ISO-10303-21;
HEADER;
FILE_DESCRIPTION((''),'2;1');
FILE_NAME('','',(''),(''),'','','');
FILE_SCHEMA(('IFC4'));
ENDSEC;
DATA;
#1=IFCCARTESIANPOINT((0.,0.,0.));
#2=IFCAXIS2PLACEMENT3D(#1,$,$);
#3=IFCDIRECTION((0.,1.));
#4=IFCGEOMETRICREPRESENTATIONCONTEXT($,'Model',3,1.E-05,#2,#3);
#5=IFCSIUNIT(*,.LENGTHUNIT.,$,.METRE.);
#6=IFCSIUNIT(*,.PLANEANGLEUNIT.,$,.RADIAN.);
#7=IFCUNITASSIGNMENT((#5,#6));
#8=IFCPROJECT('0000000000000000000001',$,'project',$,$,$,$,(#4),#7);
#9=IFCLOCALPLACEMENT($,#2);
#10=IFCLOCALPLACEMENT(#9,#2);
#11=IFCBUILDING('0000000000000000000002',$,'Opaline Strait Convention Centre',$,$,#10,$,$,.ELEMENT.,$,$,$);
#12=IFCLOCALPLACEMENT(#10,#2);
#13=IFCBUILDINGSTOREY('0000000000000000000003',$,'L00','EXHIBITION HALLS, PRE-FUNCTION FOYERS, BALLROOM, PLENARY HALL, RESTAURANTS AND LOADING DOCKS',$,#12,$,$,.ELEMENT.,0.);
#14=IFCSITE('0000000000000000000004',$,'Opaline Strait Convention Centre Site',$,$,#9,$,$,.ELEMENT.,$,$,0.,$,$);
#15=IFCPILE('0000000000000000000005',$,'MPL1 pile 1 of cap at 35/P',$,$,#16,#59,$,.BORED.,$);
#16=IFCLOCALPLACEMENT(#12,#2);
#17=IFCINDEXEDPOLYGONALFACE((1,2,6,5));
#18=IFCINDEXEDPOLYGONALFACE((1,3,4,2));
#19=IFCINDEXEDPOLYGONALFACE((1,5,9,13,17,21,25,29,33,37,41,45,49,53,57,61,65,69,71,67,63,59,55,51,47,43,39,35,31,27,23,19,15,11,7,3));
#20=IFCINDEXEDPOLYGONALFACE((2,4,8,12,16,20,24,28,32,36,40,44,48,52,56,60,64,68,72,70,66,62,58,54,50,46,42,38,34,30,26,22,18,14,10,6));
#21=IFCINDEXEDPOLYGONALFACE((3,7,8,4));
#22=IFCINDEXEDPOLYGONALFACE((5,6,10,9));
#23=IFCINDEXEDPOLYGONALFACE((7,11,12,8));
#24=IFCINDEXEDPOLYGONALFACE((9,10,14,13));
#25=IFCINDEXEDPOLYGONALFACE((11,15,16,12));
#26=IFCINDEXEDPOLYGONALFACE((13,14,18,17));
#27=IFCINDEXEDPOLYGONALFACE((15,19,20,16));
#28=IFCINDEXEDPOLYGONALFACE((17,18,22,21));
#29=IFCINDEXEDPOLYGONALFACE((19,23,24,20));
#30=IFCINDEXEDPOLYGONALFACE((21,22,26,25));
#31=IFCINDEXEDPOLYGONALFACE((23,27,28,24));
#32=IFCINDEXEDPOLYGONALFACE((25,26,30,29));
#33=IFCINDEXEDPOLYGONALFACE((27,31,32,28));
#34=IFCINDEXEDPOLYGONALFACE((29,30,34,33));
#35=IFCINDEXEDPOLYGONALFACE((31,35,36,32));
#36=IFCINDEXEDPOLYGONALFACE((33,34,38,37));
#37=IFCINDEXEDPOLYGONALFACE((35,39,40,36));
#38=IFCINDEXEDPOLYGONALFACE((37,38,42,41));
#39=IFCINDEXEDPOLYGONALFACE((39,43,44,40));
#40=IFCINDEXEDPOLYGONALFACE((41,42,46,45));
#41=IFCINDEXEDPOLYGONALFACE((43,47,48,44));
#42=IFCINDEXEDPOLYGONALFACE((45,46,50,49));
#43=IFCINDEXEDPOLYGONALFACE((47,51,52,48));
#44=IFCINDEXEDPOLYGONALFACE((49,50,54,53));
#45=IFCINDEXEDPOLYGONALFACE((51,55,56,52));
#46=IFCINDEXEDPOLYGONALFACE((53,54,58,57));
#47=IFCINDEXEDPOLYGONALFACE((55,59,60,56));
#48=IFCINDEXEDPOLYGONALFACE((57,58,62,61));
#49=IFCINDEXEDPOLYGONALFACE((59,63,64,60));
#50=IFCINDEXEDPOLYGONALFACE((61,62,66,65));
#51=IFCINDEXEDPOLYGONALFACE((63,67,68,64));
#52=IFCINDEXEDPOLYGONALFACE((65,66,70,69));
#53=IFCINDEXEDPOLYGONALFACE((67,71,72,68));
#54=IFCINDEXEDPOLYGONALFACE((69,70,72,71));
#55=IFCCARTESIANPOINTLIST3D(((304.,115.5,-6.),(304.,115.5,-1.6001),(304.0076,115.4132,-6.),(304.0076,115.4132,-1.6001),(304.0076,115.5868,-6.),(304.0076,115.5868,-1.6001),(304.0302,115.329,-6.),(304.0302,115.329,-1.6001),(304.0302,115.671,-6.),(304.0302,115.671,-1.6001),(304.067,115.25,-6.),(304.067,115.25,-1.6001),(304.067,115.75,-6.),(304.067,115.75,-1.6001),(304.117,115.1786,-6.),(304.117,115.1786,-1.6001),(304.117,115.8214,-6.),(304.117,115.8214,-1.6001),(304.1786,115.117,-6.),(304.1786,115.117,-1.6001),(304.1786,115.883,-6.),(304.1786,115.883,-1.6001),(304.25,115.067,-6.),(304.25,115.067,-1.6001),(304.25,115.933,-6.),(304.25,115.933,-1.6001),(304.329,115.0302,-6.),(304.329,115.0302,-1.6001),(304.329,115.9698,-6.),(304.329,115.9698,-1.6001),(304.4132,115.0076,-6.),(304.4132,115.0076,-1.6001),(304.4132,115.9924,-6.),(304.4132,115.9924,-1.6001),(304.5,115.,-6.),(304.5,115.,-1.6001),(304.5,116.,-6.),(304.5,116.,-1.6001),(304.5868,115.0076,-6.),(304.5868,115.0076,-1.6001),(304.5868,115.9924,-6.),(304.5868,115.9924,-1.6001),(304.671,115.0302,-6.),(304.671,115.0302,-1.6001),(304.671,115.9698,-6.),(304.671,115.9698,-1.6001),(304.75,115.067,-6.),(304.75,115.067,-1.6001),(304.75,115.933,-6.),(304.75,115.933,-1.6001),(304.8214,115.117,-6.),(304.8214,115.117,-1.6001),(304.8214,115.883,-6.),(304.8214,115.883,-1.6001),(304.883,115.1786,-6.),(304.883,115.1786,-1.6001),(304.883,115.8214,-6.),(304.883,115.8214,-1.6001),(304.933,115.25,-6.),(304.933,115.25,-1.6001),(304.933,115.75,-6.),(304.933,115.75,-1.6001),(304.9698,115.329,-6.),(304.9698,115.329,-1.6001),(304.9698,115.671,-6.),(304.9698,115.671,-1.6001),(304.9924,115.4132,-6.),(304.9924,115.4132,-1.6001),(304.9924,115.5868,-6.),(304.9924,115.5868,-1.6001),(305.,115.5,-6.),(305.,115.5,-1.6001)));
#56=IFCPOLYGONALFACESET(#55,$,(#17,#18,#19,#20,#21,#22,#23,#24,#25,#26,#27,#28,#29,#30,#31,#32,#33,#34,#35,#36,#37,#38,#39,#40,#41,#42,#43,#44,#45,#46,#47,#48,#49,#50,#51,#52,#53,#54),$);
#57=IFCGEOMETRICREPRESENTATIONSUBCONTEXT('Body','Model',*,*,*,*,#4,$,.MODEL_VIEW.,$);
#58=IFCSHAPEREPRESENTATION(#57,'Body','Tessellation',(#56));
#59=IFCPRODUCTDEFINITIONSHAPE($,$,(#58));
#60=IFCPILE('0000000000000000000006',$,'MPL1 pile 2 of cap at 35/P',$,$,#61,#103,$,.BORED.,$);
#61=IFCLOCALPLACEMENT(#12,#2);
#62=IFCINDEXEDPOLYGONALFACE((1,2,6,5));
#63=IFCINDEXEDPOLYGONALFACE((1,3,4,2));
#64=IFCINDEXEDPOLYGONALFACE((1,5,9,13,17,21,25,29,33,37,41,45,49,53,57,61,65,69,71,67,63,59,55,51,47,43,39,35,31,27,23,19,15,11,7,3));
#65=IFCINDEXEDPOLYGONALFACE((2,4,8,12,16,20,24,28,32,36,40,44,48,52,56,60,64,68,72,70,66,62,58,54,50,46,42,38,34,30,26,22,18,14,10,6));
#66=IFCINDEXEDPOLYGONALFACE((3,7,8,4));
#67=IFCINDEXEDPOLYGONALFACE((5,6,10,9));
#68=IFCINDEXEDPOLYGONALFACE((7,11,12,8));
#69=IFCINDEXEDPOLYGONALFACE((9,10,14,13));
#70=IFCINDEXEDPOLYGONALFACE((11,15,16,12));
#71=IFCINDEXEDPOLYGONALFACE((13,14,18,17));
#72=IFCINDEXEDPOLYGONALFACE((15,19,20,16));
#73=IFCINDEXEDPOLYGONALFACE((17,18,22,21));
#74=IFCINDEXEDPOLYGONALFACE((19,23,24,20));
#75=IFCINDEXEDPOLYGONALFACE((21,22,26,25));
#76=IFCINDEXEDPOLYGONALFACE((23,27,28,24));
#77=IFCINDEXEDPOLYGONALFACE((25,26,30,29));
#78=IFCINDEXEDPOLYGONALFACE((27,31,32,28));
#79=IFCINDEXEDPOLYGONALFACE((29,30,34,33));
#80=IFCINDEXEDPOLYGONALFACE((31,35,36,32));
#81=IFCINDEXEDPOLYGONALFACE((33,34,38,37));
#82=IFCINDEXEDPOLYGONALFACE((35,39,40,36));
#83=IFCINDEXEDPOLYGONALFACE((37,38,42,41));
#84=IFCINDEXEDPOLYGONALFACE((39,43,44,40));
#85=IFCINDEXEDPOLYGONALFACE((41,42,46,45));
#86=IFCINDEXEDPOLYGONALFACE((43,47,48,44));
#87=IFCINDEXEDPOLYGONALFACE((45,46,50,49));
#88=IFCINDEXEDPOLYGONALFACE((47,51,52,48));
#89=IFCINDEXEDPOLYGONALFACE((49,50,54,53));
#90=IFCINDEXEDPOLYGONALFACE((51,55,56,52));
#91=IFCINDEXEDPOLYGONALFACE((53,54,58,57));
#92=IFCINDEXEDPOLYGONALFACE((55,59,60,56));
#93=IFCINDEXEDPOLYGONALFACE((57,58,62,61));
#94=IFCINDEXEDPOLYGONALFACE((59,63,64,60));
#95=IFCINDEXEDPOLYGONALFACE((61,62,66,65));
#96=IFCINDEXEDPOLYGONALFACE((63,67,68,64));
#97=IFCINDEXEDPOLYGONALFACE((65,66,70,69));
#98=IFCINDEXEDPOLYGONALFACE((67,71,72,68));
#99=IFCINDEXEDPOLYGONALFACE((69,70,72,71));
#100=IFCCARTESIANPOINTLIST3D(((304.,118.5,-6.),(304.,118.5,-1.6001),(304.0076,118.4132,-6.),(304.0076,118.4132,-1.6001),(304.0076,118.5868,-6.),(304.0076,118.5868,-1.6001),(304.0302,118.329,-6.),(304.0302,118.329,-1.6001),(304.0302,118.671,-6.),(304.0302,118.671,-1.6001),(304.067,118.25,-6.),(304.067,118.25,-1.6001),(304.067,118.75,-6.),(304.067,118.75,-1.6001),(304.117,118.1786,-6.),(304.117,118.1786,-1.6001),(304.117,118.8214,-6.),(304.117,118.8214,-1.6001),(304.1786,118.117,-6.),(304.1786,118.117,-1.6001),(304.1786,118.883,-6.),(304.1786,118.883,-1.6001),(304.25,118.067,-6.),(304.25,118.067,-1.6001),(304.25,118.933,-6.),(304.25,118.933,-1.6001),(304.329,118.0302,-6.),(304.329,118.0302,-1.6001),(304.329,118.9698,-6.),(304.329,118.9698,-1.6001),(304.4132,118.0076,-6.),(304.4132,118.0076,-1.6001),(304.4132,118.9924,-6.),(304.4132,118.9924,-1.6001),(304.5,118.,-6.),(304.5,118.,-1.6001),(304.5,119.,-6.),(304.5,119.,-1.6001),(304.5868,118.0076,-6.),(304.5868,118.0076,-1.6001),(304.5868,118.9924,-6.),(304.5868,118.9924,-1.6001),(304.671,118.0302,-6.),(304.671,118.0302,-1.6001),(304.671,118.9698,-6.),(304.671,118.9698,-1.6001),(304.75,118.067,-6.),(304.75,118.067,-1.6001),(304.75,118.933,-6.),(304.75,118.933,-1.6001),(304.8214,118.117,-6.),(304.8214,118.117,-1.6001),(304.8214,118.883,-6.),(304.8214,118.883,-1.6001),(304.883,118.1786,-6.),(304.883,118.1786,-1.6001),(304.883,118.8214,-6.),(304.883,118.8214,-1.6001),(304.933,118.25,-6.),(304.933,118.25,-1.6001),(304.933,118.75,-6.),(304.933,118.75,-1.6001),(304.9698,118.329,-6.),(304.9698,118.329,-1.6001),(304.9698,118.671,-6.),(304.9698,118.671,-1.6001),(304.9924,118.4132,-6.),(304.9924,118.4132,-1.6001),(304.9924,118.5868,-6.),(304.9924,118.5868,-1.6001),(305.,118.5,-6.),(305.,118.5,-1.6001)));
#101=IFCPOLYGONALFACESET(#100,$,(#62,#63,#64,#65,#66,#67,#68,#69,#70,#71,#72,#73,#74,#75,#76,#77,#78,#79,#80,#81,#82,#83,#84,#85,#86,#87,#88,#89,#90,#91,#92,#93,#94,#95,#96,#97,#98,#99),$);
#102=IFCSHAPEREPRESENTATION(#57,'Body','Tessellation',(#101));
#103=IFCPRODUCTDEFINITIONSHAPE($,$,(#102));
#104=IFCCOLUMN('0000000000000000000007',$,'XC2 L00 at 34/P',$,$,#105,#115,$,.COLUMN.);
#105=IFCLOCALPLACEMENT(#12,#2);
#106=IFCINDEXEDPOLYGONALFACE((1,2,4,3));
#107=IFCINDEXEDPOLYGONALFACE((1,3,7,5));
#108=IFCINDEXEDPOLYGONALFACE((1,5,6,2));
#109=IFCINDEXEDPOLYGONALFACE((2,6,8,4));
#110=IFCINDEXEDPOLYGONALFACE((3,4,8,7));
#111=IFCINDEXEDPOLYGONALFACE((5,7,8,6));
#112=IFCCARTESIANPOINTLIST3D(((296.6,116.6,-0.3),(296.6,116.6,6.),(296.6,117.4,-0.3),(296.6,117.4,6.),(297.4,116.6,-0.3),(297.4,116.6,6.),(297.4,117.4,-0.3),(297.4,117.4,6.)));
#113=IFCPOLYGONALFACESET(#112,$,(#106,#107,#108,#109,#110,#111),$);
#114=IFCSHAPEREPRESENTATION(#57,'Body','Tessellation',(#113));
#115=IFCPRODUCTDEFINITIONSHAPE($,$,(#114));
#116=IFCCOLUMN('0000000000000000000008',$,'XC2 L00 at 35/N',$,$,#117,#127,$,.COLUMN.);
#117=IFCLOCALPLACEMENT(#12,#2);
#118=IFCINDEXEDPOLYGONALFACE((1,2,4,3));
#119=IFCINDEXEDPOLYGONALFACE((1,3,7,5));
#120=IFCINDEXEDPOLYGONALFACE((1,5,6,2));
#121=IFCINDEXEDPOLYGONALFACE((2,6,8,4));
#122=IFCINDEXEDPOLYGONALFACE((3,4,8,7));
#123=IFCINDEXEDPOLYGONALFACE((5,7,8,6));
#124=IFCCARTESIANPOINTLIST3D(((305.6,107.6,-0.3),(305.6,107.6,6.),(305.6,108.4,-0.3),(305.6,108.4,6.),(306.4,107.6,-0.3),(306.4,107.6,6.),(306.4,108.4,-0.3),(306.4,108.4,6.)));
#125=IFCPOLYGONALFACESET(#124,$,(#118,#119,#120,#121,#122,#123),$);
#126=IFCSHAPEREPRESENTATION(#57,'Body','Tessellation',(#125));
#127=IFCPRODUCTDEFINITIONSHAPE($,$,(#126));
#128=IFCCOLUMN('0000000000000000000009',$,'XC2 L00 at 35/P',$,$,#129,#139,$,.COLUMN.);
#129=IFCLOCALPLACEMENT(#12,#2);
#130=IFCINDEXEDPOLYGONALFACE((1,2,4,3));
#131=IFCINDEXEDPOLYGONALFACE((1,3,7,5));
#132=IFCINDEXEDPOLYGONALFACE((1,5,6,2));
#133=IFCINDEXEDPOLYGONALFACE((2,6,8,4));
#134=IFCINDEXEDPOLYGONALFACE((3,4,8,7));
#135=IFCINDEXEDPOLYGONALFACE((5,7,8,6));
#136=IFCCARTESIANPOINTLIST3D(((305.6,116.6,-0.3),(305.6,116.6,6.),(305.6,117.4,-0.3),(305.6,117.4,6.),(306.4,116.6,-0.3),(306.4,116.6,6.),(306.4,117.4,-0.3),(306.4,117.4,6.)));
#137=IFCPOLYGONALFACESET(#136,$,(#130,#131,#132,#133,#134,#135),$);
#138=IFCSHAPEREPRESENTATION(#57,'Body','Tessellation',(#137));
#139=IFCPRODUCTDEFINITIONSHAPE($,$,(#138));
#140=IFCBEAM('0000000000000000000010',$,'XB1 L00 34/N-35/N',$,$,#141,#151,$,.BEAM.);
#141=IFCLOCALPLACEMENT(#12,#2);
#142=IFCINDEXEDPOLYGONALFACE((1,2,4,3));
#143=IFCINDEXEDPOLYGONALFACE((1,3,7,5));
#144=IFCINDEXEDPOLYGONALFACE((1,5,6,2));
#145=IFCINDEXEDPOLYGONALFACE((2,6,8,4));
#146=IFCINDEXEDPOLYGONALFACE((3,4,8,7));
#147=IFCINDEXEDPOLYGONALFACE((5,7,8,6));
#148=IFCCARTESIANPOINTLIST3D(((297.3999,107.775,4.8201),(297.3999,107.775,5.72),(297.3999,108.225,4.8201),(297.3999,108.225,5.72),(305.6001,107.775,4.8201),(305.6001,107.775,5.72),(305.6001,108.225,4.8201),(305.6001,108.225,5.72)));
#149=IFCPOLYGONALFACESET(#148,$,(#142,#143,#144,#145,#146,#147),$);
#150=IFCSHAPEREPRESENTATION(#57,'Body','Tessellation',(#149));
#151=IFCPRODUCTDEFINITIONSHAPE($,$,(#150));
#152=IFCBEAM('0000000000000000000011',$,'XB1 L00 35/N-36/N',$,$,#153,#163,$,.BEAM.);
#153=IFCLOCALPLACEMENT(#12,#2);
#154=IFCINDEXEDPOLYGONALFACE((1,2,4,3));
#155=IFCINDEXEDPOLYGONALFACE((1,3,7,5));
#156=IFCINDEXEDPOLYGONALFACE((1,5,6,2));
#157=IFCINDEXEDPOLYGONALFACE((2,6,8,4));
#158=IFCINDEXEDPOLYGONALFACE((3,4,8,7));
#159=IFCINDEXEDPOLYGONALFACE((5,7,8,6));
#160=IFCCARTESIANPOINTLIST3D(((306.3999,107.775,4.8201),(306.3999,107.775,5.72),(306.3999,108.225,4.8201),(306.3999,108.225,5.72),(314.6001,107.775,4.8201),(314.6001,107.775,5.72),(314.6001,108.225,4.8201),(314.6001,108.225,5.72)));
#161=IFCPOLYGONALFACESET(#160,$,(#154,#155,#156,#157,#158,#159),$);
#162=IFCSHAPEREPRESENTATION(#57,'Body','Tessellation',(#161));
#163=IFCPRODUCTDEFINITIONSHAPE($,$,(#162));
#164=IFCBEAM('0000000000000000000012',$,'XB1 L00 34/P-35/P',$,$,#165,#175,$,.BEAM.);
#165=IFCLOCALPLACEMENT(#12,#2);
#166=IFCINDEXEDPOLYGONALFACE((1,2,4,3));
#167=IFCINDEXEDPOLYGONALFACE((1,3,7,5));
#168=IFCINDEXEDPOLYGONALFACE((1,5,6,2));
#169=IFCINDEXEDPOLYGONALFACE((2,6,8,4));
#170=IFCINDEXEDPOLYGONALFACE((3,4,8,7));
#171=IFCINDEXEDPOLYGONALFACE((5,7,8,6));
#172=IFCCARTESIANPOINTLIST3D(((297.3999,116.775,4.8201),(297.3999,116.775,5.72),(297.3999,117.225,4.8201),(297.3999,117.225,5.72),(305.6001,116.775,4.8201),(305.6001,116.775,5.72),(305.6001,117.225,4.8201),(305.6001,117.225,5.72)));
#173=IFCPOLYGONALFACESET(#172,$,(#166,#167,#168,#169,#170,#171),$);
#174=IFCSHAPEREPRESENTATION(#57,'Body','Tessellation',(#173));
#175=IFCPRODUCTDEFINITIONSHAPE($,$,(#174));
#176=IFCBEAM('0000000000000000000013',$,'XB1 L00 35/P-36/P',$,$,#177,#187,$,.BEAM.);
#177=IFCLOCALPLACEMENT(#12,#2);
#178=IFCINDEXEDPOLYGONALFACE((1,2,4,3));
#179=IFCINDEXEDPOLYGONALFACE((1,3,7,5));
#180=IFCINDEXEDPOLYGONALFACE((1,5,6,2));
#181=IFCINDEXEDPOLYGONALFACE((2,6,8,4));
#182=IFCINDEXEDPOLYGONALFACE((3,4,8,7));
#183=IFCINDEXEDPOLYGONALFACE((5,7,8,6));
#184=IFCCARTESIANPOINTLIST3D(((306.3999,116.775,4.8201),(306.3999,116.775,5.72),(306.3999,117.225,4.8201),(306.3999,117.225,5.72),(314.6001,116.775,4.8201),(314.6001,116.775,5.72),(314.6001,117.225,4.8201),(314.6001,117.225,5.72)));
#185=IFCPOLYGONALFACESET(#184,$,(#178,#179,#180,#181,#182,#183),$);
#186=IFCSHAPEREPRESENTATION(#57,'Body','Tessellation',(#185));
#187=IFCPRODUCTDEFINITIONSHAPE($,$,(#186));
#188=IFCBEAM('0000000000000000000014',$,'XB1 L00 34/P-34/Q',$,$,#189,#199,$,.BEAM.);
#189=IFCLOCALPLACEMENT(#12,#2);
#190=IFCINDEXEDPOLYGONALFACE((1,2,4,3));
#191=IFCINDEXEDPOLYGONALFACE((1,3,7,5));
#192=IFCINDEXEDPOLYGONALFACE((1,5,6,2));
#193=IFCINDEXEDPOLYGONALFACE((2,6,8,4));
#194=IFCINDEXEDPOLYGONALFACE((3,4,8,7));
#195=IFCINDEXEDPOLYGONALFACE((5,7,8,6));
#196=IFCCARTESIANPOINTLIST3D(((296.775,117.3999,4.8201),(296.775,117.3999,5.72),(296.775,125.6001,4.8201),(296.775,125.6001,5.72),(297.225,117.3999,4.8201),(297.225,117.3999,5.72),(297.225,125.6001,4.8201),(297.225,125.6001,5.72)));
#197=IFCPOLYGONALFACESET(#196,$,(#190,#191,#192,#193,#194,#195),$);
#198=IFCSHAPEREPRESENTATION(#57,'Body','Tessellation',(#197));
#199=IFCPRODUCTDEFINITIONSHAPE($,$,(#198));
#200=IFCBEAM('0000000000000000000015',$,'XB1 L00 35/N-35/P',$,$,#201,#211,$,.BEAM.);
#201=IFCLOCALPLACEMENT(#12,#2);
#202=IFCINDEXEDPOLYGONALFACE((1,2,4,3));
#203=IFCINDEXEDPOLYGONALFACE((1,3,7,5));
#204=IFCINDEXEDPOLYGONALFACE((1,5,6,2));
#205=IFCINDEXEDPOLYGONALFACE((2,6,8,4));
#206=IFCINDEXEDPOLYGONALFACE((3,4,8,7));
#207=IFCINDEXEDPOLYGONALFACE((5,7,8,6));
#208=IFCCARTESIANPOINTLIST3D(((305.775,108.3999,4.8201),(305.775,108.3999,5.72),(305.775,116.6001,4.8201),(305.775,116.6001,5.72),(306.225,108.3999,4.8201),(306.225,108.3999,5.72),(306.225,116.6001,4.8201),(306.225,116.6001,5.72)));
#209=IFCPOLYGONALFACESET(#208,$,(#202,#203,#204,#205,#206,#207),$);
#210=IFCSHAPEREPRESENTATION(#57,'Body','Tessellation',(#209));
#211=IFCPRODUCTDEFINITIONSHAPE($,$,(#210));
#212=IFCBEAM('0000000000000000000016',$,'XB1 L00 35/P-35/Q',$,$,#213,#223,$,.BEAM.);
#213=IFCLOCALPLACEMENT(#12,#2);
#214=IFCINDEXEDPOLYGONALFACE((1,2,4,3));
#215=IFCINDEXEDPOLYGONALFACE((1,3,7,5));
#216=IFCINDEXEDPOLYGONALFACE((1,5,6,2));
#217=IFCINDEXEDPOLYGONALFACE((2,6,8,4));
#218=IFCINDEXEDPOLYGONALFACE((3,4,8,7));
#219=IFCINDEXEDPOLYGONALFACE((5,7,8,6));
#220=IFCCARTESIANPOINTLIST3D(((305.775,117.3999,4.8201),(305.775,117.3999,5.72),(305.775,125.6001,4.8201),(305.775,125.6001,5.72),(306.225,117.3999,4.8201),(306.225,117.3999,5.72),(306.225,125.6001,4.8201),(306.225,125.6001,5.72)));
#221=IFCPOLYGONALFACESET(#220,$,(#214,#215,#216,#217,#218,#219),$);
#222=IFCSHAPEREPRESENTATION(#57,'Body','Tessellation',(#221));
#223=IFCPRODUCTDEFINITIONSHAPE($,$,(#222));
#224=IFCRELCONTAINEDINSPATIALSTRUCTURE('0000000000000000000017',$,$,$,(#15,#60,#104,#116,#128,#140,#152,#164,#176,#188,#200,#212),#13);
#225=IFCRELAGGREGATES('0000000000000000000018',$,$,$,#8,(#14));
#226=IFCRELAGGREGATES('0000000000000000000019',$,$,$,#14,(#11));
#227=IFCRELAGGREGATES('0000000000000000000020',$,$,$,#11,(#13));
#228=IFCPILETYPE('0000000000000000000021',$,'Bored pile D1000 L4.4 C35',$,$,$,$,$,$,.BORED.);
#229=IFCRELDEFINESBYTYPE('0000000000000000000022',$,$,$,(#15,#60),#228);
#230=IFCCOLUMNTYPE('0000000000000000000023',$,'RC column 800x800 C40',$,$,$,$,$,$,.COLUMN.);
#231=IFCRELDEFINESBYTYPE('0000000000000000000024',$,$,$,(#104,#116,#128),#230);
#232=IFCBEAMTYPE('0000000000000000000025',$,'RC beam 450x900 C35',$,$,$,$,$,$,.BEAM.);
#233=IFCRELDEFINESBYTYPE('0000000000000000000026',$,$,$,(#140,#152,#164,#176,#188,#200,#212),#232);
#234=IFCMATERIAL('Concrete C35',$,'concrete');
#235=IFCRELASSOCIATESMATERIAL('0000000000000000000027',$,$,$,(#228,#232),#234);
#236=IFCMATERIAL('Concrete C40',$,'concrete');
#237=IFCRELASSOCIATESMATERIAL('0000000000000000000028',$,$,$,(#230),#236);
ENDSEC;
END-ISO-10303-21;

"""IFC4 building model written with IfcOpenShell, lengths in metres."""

from ifc_helpers import new_model, si_unit, direction, frame, origin, origin_2d, place, context, subcontext, project, spatial, rectangle, circle, extrude, material, material_profile, profile_set, type_object, element, save


model = new_model("IFC4")

# Units and contexts
model_context = context("Model", 3, precision=1e-05, world=origin(), true_north=direction((0.0, 1.0)))
body_context = subcontext(model_context, "Body", "Model", "MODEL_VIEW")
ifc_project = project(units=[si_unit("LENGTHUNIT", "METRE"), si_unit("PLANEANGLEUNIT", "RADIAN")], contexts=[model_context])

# Site, building, storey
site_placement = place(None, origin())
site = spatial("IfcSite", under=ifc_project, at=site_placement, Name="Opaline Strait Convention Centre Site", CompositionType="ELEMENT", RefElevation=0.0)
building_placement = place(site_placement, origin())
building = spatial("IfcBuilding", under=site, at=building_placement, Name="Opaline Strait Convention Centre", CompositionType="ELEMENT")
storey_placement = place(building_placement, origin())
storey = spatial("IfcBuildingStorey", under=building, at=storey_placement, Name="L00", Description="EXHIBITION HALLS, PRE-FUNCTION FOYERS, BALLROOM, PLENARY HALL, RESTAURANTS AND LOADING DOCKS", CompositionType="ELEMENT", Elevation=0.0)

# Piles
ifc_material_1 = material(Name="Concrete C35", Category="concrete")
ifc_material_profile_1 = material_profile(ifc_material_1, circle(Radius=0.5, at=origin_2d()), Name="D1000")
ifc_profile_set_1 = profile_set([ifc_material_profile_1], Name="Concrete C35")
pile_type = type_object("IfcPileType", Name="Bored pile D1000 L4.4 C35", PredefinedType="BORED", material=ifc_profile_set_1)
for number, where, z_axis, x_axis, name in (
    (1, (304.5, 115.5, -1.6001), (0.0, 0.0, -1.0), (1.0, 0.0, 0.0), "MPL1 pile 1 of cap at 35/P"),
    (2, (304.5, 118.5, -1.6001), (0.0, 0.0, -1.0), (1.0, 0.0, 0.0), "MPL1 pile 2 of cap at 35/P"),
):
    element("IfcPile", number, at=place(storey_placement, frame(where, z_axis=z_axis, x_axis=x_axis)), inside=storey, type_object=pile_type, Name=name, PredefinedType="BORED", context=body_context, shape_type="SweptSolid", body=[
        extrude(circle(Radius=0.5, at=origin_2d()), origin(), (0.0, 0.0, 1.0), 4.3999),
    ])

# Columns
ifc_material_2 = material(Name="Concrete C40", Category="concrete")
ifc_material_profile_2 = material_profile(ifc_material_2, rectangle(XDim=0.8, YDim=0.8, at=origin_2d()), Name="RC 800x800")
ifc_profile_set_2 = profile_set([ifc_material_profile_2], Name="Concrete C40")
column_type = type_object("IfcColumnType", Name="RC column 800x800 C40", PredefinedType="COLUMN", material=ifc_profile_set_2)
for number, where, z_axis, x_axis, name in (
    (3, (297.0, 117.0, -0.3), (0.0, 0.0, 1.0), (1.0, 0.0, 0.0), "XC2 L00 at 34/P"),
    (4, (306.0, 108.0, -0.3), (0.0, 0.0, 1.0), (1.0, 0.0, 0.0), "XC2 L00 at 35/N"),
    (5, (306.0, 117.0, -0.3), (0.0, 0.0, 1.0), (1.0, 0.0, 0.0), "XC2 L00 at 35/P"),
):
    element("IfcColumn", number, at=place(storey_placement, frame(where, z_axis=z_axis, x_axis=x_axis)), inside=storey, type_object=column_type, Name=name, PredefinedType="COLUMN", context=body_context, shape_type="SweptSolid", body=[
        extrude(rectangle(XDim=0.8, YDim=0.8, at=origin_2d()), origin(), (0.0, 0.0, 1.0), 6.3),
    ])

# Beams
ifc_material_profile_3 = material_profile(ifc_material_1, rectangle(XDim=0.45, YDim=0.8999, at=origin_2d()), Name="RC 450x900")
ifc_profile_set_3 = profile_set([ifc_material_profile_3], Name="Concrete C35")
beam_type = type_object("IfcBeamType", Name="RC beam 450x900 C35", PredefinedType="BEAM", material=ifc_profile_set_3)
for number, where, z_axis, x_axis, name in (
    (6, (297.3999, 108.0, 5.27), (1.0, 0.0, 0.0), (0.0, 1.0, 0.0), "XB1 L00 34/N-35/N"),
    (7, (306.3999, 108.0, 5.27), (1.0, 0.0, 0.0), (0.0, 1.0, 0.0), "XB1 L00 35/N-36/N"),
    (8, (297.3999, 117.0, 5.27), (1.0, 0.0, 0.0), (0.0, 1.0, 0.0), "XB1 L00 34/P-35/P"),
    (9, (306.3999, 117.0, 5.27), (1.0, 0.0, 0.0), (0.0, 1.0, 0.0), "XB1 L00 35/P-36/P"),
    (10, (297.0, 117.3999, 5.27), (0.0, 1.0, 0.0), (-1.0, 0.0, 0.0), "XB1 L00 34/P-34/Q"),
    (11, (306.0, 108.3999, 5.27), (0.0, 1.0, 0.0), (-1.0, 0.0, 0.0), "XB1 L00 35/N-35/P"),
    (12, (306.0, 117.3999, 5.27), (0.0, 1.0, 0.0), (-1.0, 0.0, 0.0), "XB1 L00 35/P-35/Q"),
):
    element("IfcBeam", number, at=place(storey_placement, frame(where, z_axis=z_axis, x_axis=x_axis)), inside=storey, type_object=beam_type, Name=name, PredefinedType="BEAM", context=body_context, shape_type="SweptSolid", body=[
        extrude(rectangle(XDim=0.45, YDim=0.8999, at=origin_2d()), origin(), (0.0, 0.0, 1.0), 8.2002),
    ])

save(model, "model.ifc")
